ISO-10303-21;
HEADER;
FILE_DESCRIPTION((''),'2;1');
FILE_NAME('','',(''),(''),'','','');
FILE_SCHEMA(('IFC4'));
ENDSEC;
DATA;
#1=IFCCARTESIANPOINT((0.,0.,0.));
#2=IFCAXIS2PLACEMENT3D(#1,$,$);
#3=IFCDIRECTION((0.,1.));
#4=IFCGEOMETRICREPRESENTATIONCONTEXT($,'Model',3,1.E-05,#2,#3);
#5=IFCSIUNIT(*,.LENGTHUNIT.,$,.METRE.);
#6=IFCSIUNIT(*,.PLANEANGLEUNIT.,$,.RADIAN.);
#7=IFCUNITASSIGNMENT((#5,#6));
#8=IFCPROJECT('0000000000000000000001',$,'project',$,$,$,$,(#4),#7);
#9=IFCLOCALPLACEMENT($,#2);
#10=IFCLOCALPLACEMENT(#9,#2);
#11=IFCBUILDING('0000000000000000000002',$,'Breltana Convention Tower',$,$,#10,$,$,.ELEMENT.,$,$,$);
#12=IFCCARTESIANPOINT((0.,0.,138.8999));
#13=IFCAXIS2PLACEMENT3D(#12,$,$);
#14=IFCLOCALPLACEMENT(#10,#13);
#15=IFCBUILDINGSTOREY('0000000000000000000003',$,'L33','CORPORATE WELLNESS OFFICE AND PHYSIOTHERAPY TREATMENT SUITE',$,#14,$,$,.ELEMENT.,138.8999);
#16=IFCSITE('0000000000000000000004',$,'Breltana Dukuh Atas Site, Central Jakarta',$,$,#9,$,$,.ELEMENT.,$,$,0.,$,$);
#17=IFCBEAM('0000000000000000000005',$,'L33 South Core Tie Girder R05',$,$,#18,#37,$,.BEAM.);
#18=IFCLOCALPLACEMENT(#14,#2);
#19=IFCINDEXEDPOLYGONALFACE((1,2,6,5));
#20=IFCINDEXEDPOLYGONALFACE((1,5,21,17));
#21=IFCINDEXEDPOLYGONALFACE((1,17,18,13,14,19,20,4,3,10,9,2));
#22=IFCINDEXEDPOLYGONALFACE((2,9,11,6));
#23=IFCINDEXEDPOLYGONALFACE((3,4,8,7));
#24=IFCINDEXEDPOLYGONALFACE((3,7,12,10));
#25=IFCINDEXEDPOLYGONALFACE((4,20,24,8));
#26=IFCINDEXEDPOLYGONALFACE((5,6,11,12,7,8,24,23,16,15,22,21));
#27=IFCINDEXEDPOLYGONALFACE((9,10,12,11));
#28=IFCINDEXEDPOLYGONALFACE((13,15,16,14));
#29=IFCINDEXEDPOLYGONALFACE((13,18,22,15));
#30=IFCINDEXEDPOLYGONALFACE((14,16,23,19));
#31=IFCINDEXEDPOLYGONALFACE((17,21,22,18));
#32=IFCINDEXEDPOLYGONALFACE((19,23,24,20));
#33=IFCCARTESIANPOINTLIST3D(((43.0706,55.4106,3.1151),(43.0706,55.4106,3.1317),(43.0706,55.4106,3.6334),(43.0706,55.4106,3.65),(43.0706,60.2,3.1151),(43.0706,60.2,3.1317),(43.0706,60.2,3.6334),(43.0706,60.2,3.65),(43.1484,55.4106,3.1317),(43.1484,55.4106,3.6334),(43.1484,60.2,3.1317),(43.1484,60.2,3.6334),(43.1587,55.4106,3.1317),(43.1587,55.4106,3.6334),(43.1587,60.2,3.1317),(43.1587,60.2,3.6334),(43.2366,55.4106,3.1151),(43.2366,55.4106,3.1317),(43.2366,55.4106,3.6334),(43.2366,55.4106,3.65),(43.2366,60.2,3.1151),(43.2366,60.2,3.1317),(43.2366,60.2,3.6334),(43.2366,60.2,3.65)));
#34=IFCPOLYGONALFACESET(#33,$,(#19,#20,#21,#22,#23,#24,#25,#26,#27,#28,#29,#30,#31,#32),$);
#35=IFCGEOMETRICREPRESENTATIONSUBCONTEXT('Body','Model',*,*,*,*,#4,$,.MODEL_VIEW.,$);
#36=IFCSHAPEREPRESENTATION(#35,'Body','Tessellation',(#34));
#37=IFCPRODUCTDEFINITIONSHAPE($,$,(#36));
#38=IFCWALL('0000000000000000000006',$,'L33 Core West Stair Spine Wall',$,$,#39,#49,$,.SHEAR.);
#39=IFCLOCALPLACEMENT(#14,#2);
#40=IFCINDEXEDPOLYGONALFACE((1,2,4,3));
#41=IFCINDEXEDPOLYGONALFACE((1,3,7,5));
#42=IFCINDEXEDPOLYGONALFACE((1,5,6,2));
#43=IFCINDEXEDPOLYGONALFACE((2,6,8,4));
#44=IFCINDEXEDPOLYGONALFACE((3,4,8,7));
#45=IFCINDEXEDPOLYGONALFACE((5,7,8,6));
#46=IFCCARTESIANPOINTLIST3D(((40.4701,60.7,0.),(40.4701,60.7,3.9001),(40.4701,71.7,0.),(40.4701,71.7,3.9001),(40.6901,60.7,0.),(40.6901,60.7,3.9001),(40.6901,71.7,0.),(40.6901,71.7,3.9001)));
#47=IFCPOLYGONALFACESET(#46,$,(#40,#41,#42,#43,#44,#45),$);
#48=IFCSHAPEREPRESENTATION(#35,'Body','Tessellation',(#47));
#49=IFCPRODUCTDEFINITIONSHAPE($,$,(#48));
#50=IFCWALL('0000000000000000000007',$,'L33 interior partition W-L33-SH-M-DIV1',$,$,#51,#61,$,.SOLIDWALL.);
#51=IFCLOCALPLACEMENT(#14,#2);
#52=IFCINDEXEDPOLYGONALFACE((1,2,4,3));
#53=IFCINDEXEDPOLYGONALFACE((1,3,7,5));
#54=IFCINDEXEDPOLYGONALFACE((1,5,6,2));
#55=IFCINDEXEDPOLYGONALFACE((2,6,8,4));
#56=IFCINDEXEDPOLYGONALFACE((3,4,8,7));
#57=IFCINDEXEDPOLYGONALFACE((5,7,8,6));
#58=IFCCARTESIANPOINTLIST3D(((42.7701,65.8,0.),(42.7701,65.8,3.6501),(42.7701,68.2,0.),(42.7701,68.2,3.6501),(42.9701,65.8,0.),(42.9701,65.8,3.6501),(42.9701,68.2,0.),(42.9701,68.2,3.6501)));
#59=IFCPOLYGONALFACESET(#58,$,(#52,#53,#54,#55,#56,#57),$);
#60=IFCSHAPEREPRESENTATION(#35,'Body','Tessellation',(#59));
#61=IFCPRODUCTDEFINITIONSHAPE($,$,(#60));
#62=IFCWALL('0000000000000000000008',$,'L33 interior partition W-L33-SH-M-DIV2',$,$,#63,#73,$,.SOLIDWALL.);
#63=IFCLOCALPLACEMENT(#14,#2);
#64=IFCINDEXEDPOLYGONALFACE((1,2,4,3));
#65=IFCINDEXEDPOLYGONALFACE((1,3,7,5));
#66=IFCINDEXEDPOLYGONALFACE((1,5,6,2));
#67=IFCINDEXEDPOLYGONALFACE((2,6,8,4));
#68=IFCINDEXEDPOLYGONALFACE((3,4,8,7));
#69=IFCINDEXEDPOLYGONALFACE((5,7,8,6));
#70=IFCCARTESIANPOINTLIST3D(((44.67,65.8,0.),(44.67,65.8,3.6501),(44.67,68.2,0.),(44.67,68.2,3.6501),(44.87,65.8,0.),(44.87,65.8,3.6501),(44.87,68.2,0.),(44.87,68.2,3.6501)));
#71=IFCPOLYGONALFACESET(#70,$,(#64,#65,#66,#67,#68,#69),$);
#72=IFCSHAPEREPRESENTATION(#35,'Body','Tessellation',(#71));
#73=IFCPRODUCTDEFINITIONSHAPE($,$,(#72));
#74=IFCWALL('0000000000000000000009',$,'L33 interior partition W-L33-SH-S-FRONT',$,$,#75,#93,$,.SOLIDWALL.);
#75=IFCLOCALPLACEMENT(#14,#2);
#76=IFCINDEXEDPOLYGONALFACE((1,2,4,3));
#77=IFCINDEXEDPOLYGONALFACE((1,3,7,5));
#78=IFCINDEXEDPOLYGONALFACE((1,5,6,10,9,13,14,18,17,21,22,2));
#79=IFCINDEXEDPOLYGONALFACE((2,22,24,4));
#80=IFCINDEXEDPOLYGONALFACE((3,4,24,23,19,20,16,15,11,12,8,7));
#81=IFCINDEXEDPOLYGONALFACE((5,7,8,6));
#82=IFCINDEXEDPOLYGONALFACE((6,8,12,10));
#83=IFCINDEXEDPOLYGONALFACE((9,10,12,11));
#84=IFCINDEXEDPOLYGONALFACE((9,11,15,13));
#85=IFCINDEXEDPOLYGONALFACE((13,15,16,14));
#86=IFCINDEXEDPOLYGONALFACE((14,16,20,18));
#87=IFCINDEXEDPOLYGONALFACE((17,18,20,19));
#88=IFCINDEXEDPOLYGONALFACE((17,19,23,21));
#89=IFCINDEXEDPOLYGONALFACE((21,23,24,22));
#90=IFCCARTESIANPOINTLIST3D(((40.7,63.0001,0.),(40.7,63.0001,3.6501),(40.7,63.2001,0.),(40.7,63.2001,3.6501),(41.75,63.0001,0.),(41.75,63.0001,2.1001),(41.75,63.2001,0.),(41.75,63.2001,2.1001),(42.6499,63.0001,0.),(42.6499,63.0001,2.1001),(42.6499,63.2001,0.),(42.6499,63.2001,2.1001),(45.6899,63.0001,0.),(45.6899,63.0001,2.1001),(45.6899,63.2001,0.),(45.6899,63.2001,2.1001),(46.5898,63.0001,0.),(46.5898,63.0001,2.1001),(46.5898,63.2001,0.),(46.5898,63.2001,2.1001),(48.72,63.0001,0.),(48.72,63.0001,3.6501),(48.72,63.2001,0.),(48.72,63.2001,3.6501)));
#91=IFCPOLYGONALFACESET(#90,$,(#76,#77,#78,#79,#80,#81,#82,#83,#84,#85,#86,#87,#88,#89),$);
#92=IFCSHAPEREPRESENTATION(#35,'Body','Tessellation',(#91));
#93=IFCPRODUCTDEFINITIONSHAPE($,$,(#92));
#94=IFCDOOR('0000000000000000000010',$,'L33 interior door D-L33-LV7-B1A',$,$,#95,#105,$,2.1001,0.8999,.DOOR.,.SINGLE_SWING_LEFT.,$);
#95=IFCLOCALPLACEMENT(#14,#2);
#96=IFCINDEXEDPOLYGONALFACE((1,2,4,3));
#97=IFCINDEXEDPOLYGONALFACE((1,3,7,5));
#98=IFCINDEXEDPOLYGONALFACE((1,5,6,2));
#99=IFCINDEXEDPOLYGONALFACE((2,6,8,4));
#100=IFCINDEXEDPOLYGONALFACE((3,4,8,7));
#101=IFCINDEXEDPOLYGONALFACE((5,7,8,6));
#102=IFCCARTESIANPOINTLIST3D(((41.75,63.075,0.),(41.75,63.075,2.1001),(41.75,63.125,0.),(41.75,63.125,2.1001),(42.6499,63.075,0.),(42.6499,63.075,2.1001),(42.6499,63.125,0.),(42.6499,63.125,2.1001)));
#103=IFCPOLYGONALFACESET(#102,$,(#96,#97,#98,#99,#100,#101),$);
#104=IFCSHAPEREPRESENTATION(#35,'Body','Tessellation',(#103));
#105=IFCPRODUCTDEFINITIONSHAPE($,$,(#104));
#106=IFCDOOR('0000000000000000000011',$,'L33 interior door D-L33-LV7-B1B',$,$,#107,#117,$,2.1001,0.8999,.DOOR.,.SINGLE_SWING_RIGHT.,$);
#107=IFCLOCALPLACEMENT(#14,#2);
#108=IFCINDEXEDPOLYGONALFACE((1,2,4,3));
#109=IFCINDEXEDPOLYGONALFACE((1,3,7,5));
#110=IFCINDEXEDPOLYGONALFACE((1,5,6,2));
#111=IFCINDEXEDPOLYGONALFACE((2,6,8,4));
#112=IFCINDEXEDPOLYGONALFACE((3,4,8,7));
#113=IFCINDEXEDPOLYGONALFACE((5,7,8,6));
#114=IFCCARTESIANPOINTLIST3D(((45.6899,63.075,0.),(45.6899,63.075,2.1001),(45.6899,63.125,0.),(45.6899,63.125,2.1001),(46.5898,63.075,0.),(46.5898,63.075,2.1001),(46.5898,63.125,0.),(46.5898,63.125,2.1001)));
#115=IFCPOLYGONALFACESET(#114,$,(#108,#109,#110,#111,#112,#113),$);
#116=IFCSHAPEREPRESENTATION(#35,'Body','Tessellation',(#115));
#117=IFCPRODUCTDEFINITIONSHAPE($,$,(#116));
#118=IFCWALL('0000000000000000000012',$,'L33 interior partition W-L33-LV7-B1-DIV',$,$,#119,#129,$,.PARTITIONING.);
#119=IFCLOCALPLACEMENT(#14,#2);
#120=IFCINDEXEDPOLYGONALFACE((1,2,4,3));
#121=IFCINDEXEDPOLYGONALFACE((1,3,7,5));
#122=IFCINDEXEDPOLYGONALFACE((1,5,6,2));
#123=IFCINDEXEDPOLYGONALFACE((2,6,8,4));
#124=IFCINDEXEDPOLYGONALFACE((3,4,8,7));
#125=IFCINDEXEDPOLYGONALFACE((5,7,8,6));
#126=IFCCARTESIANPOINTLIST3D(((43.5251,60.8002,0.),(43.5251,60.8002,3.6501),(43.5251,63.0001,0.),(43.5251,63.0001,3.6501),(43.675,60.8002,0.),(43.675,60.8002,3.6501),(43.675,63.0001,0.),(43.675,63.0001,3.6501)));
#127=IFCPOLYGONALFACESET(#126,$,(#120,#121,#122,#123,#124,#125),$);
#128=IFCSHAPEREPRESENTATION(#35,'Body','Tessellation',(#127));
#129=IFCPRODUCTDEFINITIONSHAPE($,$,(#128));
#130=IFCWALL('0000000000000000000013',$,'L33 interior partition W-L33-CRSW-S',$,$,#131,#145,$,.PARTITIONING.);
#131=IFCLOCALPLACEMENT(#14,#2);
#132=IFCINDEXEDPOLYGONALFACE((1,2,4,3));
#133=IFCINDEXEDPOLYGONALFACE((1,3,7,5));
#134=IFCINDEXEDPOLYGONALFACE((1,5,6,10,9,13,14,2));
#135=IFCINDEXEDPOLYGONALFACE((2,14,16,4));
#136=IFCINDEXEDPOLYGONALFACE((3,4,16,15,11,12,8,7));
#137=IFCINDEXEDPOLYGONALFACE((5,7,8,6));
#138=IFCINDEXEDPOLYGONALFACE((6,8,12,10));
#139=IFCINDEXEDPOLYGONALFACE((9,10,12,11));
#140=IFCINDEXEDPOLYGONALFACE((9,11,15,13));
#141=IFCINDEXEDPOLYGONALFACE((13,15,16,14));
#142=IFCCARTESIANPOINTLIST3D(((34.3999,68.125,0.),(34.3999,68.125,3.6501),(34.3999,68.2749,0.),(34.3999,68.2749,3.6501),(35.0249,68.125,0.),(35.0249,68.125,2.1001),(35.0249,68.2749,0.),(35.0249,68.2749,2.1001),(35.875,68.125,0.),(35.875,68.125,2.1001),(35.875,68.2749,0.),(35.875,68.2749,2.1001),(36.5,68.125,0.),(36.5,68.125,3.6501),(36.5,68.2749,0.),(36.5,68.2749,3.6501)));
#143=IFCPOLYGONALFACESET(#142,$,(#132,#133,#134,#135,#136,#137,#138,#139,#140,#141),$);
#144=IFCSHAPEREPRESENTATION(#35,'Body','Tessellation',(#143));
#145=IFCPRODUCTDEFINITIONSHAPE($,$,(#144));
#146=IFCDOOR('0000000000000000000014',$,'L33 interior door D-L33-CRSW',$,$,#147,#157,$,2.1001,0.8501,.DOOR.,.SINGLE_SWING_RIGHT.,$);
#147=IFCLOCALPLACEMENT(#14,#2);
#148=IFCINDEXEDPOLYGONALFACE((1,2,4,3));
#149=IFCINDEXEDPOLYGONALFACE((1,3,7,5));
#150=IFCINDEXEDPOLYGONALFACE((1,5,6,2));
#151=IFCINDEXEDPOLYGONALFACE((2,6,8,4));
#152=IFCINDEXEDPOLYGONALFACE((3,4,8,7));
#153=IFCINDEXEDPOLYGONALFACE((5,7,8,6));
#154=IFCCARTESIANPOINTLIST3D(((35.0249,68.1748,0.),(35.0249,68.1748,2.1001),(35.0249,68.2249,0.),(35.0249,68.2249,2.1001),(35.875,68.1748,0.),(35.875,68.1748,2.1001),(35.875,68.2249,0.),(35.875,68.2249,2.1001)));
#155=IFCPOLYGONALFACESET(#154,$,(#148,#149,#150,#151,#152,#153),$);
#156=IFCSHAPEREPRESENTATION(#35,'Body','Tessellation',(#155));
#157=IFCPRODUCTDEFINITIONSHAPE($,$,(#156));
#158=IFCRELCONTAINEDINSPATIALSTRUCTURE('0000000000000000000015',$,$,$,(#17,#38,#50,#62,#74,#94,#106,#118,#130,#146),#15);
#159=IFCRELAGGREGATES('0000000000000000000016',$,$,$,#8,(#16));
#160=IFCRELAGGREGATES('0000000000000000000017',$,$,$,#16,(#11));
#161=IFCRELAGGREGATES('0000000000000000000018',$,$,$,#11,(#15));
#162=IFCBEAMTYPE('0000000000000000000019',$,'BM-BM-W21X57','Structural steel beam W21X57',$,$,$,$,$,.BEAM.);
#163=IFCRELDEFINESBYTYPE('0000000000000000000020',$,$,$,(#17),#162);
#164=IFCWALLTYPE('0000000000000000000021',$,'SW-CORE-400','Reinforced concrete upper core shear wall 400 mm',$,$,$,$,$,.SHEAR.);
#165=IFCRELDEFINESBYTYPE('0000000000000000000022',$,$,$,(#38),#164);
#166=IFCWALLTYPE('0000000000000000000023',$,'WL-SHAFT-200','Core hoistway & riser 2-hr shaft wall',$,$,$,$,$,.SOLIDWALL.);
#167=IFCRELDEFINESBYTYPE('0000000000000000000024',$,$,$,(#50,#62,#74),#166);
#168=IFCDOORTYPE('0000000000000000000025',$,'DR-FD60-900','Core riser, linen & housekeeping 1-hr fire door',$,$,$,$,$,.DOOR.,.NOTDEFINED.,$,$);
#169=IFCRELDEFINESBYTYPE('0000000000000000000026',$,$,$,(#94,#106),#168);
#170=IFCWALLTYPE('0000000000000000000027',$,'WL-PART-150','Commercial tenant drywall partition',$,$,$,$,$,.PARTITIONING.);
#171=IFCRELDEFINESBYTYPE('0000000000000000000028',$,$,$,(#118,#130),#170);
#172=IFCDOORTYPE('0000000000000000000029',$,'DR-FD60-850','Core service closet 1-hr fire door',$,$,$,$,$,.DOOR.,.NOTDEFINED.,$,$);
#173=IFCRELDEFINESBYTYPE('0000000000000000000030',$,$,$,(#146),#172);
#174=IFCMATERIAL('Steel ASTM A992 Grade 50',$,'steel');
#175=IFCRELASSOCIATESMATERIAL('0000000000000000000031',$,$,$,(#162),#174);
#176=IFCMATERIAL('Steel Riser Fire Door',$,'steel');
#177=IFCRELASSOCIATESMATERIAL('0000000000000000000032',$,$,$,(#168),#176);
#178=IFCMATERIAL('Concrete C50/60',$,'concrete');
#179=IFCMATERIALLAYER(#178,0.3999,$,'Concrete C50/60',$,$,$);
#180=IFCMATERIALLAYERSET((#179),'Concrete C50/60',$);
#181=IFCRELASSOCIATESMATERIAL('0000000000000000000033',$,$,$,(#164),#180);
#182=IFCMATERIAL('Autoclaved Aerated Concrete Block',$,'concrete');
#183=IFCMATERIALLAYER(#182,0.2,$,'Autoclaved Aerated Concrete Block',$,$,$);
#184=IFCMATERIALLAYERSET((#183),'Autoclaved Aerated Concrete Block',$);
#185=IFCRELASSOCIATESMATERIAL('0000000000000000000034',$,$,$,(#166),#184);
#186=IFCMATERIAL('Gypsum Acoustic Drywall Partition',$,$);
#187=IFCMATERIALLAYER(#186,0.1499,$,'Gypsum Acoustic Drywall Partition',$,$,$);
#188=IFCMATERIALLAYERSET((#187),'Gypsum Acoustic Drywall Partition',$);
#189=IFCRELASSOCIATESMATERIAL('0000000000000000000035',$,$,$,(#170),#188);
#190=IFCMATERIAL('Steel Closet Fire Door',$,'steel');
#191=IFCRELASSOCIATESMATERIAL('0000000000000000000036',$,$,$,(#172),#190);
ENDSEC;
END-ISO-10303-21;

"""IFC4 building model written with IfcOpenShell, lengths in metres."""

from ifc_helpers import new_model, si_unit, direction, frame, frame_2d, origin, origin_2d, place, context, subcontext, project, spatial, rectangle, i_section, extrude, source, transform, mapped, material, layer, layer_set, material_profile, profile_set, type_object, type_shapes, element, fill, save


model = new_model("IFC4")

# Units and contexts
model_context = context("Model", 3, precision=1e-05, world=origin(), true_north=direction((0.0, 1.0)))
body_context = subcontext(model_context, "Body", "Model", "MODEL_VIEW")
ifc_project = project(units=[si_unit("LENGTHUNIT", "METRE"), si_unit("PLANEANGLEUNIT", "RADIAN")], contexts=[model_context])

# Site, building, storey
site_placement = place(None, origin())
site = spatial("IfcSite", under=ifc_project, at=site_placement, Name="Breltana Dukuh Atas Site, Central Jakarta", CompositionType="ELEMENT", RefElevation=0.0)
building_placement = place(site_placement, origin())
building = spatial("IfcBuilding", under=site, at=building_placement, Name="Breltana Convention Tower", CompositionType="ELEMENT")
storey_placement = place(building_placement, frame((0.0, 0.0, 138.8999)))
storey = spatial("IfcBuildingStorey", under=building, at=storey_placement, Name="L33", Description="CORPORATE WELLNESS OFFICE AND PHYSIOTHERAPY TREATMENT SUITE", CompositionType="ELEMENT", Elevation=138.8999)

# Beam
ifc_material_1 = material(Name="Steel ASTM A992 Grade 50", Category="steel")
ifc_material_profile = material_profile(ifc_material_1, i_section(OverallWidth=0.166, OverallDepth=0.5349, WebThickness=0.0103, FlangeThickness=0.0166, at=origin_2d()), Name="W21X57")
ifc_profile_set = profile_set([ifc_material_profile], Name="Steel ASTM A992 Grade 50")
beam_type = type_object("IfcBeamType", Name="BM-BM-W21X57", Description="Structural steel beam W21X57", PredefinedType="BEAM", material=ifc_profile_set)
shared_shape_1 = source(origin(), body_context, "Body", "SweptSolid", [
    extrude(i_section(OverallWidth=0.166, OverallDepth=0.5349, WebThickness=0.0103, FlangeThickness=0.0166, at=origin_2d()), origin(), (0.0, 0.0, 1.0), 4.7893),
])
beam_placement = place(storey_placement, frame((43.1536, 60.2, 3.3826), z_axis=(0.0, -1.0, 0.0), x_axis=(1.0, 0.0, 0.0)))
element("IfcBeam", 1, at=beam_placement, inside=storey, type_object=beam_type, Name="L33 South Core Tie Girder R05", PredefinedType="BEAM", context=body_context, shape_type="MappedRepresentation", body=[
    mapped(shared_shape_1, transform((0.0, 0.0, 0.0), scale=1.0)),
])

# Shared definitions
ifc_material_2 = material(Name="Steel Riser Fire Door", Category="steel")
door_type_1 = type_object("IfcDoorType", Name="DR-FD60-900", Description="Core riser, linen & housekeeping 1-hr fire door", OperationType="NOTDEFINED", PredefinedType="DOOR", material=ifc_material_2)
shared_shape_2 = source(origin(), body_context, "Body", "SweptSolid", [
    extrude(rectangle(XDim=0.8999, YDim=2.1001, at=frame_2d((0.45, 1.05))), frame((0.0, 0.0249, 0.0), z_axis=(0.0, -1.0, 0.0), x_axis=(1.0, 0.0, 0.0)), (0.0, 0.0, 1.0), 0.05),
])
type_shapes(door_type_1, [shared_shape_2])

# Walls
ifc_material_3 = material(Name="Concrete C50/60", Category="concrete")
ifc_layer_1 = layer(ifc_material_3, 0.3999, Name="Concrete C50/60")
ifc_layer_set_1 = layer_set([ifc_layer_1], Name="Concrete C50/60")
wall_type_1 = type_object("IfcWallType", Name="SW-CORE-400", Description="Reinforced concrete upper core shear wall 400 mm", PredefinedType="SHEAR", material=ifc_layer_set_1)
shared_shape_3 = source(origin(), body_context, "Body", "SweptSolid", [
    extrude(rectangle(XDim=11.0, YDim=0.22, at=frame_2d((5.5, 0.0))), origin(), (0.0, 0.0, 1.0), 3.9001),
])
wall_1_placement = place(storey_placement, frame((40.5801, 60.7, 0.0), z_axis=(0.0, 0.0, 1.0), x_axis=(0.0, 1.0, 0.0)))
element("IfcWall", 2, at=wall_1_placement, inside=storey, type_object=wall_type_1, Name="L33 Core West Stair Spine Wall", PredefinedType="SHEAR", context=body_context, shape_type="MappedRepresentation", body=[
    mapped(shared_shape_3, transform((0.0, 0.0, 0.0), scale=1.0)),
])
ifc_material_4 = material(Name="Autoclaved Aerated Concrete Block", Category="concrete")
ifc_layer_2 = layer(ifc_material_4, 0.2, Name="Autoclaved Aerated Concrete Block")
ifc_layer_set_2 = layer_set([ifc_layer_2], Name="Autoclaved Aerated Concrete Block")
wall_type_2 = type_object("IfcWallType", Name="WL-SHAFT-200", Description="Core hoistway & riser 2-hr shaft wall", PredefinedType="SOLIDWALL", material=ifc_layer_set_2)
shared_shape_4 = source(origin(), body_context, "Body", "SweptSolid", [
    extrude(rectangle(XDim=2.3999, YDim=0.2, at=frame_2d((1.2, 0.0))), origin(), (0.0, 0.0, 1.0), 3.6501),
])
for number, where, z_axis, x_axis, name in (
    (3, (42.8701, 65.8, 0.0), (0.0, 0.0, 1.0), (0.0, 1.0, 0.0), "L33 interior partition W-L33-SH-M-DIV1"),
    (4, (44.77, 65.8, 0.0), (0.0, 0.0, 1.0), (0.0, 1.0, 0.0), "L33 interior partition W-L33-SH-M-DIV2"),
):
    element("IfcWall", number, at=place(storey_placement, frame(where, z_axis=z_axis, x_axis=x_axis)), inside=storey, type_object=wall_type_2, Name=name, PredefinedType="SOLIDWALL", context=body_context, shape_type="MappedRepresentation", body=[
        mapped(shared_shape_4, transform((0.0, 0.0, 0.0), scale=1.0)),
    ])

# Wall, openings, doors
shared_shape_5 = source(origin(), body_context, "Body", "SweptSolid", [
    extrude(rectangle(XDim=8.02, YDim=0.2, at=frame_2d((4.01, 0.0))), origin(), (0.0, 0.0, 1.0), 3.6501),
])
wall_2_placement = place(storey_placement, frame((40.7, 63.1001, 0.0), z_axis=(0.0, 0.0, 1.0), x_axis=(1.0, 0.0, 0.0)))
wall_2 = element("IfcWall", 5, at=wall_2_placement, inside=storey, type_object=wall_type_2, Name="L33 interior partition W-L33-SH-S-FRONT", PredefinedType="SOLIDWALL", context=body_context, shape_type="MappedRepresentation", body=[
    mapped(shared_shape_5, transform((0.0, 0.0, 0.0), scale=1.0)),
])
opening_1_placement = place(wall_2_placement, frame((1.05, 0.0, 0.0)))
opening_1 = element("IfcOpeningElement", 6, at=opening_1_placement, cuts=wall_2, PredefinedType="OPENING", context=body_context, shape_type="SweptSolid", body=[
    extrude(rectangle(XDim=0.8999, YDim=2.1001, at=frame_2d((0.45, 1.05))), frame((0.0, 0.1099, 0.0), z_axis=(0.0, -1.0, 0.0), x_axis=(1.0, 0.0, 0.0)), (0.0, 0.0, 1.0), 0.22),
])
opening_2_placement = place(wall_2_placement, frame((4.99, 0.0, 0.0)))
opening_2 = element("IfcOpeningElement", 7, at=opening_2_placement, cuts=wall_2, PredefinedType="OPENING", context=body_context, shape_type="SweptSolid", body=[
    extrude(rectangle(XDim=0.8999, YDim=2.1001, at=frame_2d((0.45, 1.05))), frame((0.0, 0.1099, 0.0), z_axis=(0.0, -1.0, 0.0), x_axis=(1.0, 0.0, 0.0)), (0.0, 0.0, 1.0), 0.22),
])
door_1_placement = place(opening_1_placement, origin())
door_1 = element("IfcDoor", 8, at=door_1_placement, inside=storey, type_object=door_type_1, Name="L33 interior door D-L33-LV7-B1A", OperationType="SINGLE_SWING_LEFT", OverallHeight=2.1001, OverallWidth=0.8999, PredefinedType="DOOR", context=body_context, shape_type="MappedRepresentation", body=[
    mapped(shared_shape_2, transform((0.0, 0.0, 0.0), scale=1.0)),
])
fill(opening_1, door_1)
door_2_placement = place(opening_2_placement, origin())
door_2 = element("IfcDoor", 9, at=door_2_placement, inside=storey, type_object=door_type_1, Name="L33 interior door D-L33-LV7-B1B", OperationType="SINGLE_SWING_RIGHT", OverallHeight=2.1001, OverallWidth=0.8999, PredefinedType="DOOR", context=body_context, shape_type="MappedRepresentation", body=[
    mapped(shared_shape_2, transform((0.0, 0.0, 0.0), scale=1.0)),
])
fill(opening_2, door_2)

# Wall
ifc_material_5 = material(Name="Gypsum Acoustic Drywall Partition")
ifc_layer_3 = layer(ifc_material_5, 0.1499, Name="Gypsum Acoustic Drywall Partition")
ifc_layer_set_3 = layer_set([ifc_layer_3], Name="Gypsum Acoustic Drywall Partition")
wall_type_3 = type_object("IfcWallType", Name="WL-PART-150", Description="Commercial tenant drywall partition", PredefinedType="PARTITIONING", material=ifc_layer_set_3)
shared_shape_6 = source(origin(), body_context, "Body", "SweptSolid", [
    extrude(rectangle(XDim=2.2, YDim=0.1499, at=frame_2d((1.1001, 0.0))), origin(), (0.0, 0.0, 1.0), 3.6501),
])
wall_3_placement = place(storey_placement, frame((43.6001, 60.8, 0.0), z_axis=(0.0, 0.0, 1.0), x_axis=(0.0, 1.0, 0.0)))
element("IfcWall", 10, at=wall_3_placement, inside=storey, type_object=wall_type_3, Name="L33 interior partition W-L33-LV7-B1-DIV", PredefinedType="PARTITIONING", context=body_context, shape_type="MappedRepresentation", body=[
    mapped(shared_shape_6, transform((0.0, 0.0, 0.0), scale=1.0)),
])

# Wall, opening, door
shared_shape_7 = source(origin(), body_context, "Body", "SweptSolid", [
    extrude(rectangle(XDim=2.1001, YDim=0.1499, at=frame_2d((1.05, 0.0))), origin(), (0.0, 0.0, 1.0), 3.6501),
])
wall_4_placement = place(storey_placement, frame((34.3999, 68.2, 0.0), z_axis=(0.0, 0.0, 1.0), x_axis=(1.0, 0.0, 0.0)))
wall_4 = element("IfcWall", 11, at=wall_4_placement, inside=storey, type_object=wall_type_3, Name="L33 interior partition W-L33-CRSW-S", PredefinedType="PARTITIONING", context=body_context, shape_type="MappedRepresentation", body=[
    mapped(shared_shape_7, transform((0.0, 0.0, 0.0), scale=1.0)),
])
opening_3_placement = place(wall_4_placement, frame((0.625, 0.0, 0.0)))
opening_3 = element("IfcOpeningElement", 12, at=opening_3_placement, cuts=wall_4, PredefinedType="OPENING", context=body_context, shape_type="SweptSolid", body=[
    extrude(rectangle(XDim=0.8501, YDim=2.1001, at=frame_2d((0.425, 1.05))), frame((0.0, 0.085, 0.0), z_axis=(0.0, -1.0, 0.0), x_axis=(1.0, 0.0, 0.0)), (0.0, 0.0, 1.0), 0.1699),
])
ifc_material_6 = material(Name="Steel Closet Fire Door", Category="steel")
door_type_2 = type_object("IfcDoorType", Name="DR-FD60-850", Description="Core service closet 1-hr fire door", OperationType="NOTDEFINED", PredefinedType="DOOR", material=ifc_material_6)
shared_shape_8 = source(origin(), body_context, "Body", "SweptSolid", [
    extrude(rectangle(XDim=0.8501, YDim=2.1001, at=frame_2d((0.425, 1.05))), frame((0.0, 0.0249, 0.0), z_axis=(0.0, -1.0, 0.0), x_axis=(1.0, 0.0, 0.0)), (0.0, 0.0, 1.0), 0.05),
])
type_shapes(door_type_2, [shared_shape_8])
door_3_placement = place(opening_3_placement, origin())
door_3 = element("IfcDoor", 13, at=door_3_placement, inside=storey, type_object=door_type_2, Name="L33 interior door D-L33-CRSW", OperationType="SINGLE_SWING_RIGHT", OverallHeight=2.1001, OverallWidth=0.8501, PredefinedType="DOOR", context=body_context, shape_type="MappedRepresentation", body=[
    mapped(shared_shape_8, transform((0.0, 0.0, 0.0), scale=1.0)),
])
fill(opening_3, door_3)

save(model, "model.ifc")
